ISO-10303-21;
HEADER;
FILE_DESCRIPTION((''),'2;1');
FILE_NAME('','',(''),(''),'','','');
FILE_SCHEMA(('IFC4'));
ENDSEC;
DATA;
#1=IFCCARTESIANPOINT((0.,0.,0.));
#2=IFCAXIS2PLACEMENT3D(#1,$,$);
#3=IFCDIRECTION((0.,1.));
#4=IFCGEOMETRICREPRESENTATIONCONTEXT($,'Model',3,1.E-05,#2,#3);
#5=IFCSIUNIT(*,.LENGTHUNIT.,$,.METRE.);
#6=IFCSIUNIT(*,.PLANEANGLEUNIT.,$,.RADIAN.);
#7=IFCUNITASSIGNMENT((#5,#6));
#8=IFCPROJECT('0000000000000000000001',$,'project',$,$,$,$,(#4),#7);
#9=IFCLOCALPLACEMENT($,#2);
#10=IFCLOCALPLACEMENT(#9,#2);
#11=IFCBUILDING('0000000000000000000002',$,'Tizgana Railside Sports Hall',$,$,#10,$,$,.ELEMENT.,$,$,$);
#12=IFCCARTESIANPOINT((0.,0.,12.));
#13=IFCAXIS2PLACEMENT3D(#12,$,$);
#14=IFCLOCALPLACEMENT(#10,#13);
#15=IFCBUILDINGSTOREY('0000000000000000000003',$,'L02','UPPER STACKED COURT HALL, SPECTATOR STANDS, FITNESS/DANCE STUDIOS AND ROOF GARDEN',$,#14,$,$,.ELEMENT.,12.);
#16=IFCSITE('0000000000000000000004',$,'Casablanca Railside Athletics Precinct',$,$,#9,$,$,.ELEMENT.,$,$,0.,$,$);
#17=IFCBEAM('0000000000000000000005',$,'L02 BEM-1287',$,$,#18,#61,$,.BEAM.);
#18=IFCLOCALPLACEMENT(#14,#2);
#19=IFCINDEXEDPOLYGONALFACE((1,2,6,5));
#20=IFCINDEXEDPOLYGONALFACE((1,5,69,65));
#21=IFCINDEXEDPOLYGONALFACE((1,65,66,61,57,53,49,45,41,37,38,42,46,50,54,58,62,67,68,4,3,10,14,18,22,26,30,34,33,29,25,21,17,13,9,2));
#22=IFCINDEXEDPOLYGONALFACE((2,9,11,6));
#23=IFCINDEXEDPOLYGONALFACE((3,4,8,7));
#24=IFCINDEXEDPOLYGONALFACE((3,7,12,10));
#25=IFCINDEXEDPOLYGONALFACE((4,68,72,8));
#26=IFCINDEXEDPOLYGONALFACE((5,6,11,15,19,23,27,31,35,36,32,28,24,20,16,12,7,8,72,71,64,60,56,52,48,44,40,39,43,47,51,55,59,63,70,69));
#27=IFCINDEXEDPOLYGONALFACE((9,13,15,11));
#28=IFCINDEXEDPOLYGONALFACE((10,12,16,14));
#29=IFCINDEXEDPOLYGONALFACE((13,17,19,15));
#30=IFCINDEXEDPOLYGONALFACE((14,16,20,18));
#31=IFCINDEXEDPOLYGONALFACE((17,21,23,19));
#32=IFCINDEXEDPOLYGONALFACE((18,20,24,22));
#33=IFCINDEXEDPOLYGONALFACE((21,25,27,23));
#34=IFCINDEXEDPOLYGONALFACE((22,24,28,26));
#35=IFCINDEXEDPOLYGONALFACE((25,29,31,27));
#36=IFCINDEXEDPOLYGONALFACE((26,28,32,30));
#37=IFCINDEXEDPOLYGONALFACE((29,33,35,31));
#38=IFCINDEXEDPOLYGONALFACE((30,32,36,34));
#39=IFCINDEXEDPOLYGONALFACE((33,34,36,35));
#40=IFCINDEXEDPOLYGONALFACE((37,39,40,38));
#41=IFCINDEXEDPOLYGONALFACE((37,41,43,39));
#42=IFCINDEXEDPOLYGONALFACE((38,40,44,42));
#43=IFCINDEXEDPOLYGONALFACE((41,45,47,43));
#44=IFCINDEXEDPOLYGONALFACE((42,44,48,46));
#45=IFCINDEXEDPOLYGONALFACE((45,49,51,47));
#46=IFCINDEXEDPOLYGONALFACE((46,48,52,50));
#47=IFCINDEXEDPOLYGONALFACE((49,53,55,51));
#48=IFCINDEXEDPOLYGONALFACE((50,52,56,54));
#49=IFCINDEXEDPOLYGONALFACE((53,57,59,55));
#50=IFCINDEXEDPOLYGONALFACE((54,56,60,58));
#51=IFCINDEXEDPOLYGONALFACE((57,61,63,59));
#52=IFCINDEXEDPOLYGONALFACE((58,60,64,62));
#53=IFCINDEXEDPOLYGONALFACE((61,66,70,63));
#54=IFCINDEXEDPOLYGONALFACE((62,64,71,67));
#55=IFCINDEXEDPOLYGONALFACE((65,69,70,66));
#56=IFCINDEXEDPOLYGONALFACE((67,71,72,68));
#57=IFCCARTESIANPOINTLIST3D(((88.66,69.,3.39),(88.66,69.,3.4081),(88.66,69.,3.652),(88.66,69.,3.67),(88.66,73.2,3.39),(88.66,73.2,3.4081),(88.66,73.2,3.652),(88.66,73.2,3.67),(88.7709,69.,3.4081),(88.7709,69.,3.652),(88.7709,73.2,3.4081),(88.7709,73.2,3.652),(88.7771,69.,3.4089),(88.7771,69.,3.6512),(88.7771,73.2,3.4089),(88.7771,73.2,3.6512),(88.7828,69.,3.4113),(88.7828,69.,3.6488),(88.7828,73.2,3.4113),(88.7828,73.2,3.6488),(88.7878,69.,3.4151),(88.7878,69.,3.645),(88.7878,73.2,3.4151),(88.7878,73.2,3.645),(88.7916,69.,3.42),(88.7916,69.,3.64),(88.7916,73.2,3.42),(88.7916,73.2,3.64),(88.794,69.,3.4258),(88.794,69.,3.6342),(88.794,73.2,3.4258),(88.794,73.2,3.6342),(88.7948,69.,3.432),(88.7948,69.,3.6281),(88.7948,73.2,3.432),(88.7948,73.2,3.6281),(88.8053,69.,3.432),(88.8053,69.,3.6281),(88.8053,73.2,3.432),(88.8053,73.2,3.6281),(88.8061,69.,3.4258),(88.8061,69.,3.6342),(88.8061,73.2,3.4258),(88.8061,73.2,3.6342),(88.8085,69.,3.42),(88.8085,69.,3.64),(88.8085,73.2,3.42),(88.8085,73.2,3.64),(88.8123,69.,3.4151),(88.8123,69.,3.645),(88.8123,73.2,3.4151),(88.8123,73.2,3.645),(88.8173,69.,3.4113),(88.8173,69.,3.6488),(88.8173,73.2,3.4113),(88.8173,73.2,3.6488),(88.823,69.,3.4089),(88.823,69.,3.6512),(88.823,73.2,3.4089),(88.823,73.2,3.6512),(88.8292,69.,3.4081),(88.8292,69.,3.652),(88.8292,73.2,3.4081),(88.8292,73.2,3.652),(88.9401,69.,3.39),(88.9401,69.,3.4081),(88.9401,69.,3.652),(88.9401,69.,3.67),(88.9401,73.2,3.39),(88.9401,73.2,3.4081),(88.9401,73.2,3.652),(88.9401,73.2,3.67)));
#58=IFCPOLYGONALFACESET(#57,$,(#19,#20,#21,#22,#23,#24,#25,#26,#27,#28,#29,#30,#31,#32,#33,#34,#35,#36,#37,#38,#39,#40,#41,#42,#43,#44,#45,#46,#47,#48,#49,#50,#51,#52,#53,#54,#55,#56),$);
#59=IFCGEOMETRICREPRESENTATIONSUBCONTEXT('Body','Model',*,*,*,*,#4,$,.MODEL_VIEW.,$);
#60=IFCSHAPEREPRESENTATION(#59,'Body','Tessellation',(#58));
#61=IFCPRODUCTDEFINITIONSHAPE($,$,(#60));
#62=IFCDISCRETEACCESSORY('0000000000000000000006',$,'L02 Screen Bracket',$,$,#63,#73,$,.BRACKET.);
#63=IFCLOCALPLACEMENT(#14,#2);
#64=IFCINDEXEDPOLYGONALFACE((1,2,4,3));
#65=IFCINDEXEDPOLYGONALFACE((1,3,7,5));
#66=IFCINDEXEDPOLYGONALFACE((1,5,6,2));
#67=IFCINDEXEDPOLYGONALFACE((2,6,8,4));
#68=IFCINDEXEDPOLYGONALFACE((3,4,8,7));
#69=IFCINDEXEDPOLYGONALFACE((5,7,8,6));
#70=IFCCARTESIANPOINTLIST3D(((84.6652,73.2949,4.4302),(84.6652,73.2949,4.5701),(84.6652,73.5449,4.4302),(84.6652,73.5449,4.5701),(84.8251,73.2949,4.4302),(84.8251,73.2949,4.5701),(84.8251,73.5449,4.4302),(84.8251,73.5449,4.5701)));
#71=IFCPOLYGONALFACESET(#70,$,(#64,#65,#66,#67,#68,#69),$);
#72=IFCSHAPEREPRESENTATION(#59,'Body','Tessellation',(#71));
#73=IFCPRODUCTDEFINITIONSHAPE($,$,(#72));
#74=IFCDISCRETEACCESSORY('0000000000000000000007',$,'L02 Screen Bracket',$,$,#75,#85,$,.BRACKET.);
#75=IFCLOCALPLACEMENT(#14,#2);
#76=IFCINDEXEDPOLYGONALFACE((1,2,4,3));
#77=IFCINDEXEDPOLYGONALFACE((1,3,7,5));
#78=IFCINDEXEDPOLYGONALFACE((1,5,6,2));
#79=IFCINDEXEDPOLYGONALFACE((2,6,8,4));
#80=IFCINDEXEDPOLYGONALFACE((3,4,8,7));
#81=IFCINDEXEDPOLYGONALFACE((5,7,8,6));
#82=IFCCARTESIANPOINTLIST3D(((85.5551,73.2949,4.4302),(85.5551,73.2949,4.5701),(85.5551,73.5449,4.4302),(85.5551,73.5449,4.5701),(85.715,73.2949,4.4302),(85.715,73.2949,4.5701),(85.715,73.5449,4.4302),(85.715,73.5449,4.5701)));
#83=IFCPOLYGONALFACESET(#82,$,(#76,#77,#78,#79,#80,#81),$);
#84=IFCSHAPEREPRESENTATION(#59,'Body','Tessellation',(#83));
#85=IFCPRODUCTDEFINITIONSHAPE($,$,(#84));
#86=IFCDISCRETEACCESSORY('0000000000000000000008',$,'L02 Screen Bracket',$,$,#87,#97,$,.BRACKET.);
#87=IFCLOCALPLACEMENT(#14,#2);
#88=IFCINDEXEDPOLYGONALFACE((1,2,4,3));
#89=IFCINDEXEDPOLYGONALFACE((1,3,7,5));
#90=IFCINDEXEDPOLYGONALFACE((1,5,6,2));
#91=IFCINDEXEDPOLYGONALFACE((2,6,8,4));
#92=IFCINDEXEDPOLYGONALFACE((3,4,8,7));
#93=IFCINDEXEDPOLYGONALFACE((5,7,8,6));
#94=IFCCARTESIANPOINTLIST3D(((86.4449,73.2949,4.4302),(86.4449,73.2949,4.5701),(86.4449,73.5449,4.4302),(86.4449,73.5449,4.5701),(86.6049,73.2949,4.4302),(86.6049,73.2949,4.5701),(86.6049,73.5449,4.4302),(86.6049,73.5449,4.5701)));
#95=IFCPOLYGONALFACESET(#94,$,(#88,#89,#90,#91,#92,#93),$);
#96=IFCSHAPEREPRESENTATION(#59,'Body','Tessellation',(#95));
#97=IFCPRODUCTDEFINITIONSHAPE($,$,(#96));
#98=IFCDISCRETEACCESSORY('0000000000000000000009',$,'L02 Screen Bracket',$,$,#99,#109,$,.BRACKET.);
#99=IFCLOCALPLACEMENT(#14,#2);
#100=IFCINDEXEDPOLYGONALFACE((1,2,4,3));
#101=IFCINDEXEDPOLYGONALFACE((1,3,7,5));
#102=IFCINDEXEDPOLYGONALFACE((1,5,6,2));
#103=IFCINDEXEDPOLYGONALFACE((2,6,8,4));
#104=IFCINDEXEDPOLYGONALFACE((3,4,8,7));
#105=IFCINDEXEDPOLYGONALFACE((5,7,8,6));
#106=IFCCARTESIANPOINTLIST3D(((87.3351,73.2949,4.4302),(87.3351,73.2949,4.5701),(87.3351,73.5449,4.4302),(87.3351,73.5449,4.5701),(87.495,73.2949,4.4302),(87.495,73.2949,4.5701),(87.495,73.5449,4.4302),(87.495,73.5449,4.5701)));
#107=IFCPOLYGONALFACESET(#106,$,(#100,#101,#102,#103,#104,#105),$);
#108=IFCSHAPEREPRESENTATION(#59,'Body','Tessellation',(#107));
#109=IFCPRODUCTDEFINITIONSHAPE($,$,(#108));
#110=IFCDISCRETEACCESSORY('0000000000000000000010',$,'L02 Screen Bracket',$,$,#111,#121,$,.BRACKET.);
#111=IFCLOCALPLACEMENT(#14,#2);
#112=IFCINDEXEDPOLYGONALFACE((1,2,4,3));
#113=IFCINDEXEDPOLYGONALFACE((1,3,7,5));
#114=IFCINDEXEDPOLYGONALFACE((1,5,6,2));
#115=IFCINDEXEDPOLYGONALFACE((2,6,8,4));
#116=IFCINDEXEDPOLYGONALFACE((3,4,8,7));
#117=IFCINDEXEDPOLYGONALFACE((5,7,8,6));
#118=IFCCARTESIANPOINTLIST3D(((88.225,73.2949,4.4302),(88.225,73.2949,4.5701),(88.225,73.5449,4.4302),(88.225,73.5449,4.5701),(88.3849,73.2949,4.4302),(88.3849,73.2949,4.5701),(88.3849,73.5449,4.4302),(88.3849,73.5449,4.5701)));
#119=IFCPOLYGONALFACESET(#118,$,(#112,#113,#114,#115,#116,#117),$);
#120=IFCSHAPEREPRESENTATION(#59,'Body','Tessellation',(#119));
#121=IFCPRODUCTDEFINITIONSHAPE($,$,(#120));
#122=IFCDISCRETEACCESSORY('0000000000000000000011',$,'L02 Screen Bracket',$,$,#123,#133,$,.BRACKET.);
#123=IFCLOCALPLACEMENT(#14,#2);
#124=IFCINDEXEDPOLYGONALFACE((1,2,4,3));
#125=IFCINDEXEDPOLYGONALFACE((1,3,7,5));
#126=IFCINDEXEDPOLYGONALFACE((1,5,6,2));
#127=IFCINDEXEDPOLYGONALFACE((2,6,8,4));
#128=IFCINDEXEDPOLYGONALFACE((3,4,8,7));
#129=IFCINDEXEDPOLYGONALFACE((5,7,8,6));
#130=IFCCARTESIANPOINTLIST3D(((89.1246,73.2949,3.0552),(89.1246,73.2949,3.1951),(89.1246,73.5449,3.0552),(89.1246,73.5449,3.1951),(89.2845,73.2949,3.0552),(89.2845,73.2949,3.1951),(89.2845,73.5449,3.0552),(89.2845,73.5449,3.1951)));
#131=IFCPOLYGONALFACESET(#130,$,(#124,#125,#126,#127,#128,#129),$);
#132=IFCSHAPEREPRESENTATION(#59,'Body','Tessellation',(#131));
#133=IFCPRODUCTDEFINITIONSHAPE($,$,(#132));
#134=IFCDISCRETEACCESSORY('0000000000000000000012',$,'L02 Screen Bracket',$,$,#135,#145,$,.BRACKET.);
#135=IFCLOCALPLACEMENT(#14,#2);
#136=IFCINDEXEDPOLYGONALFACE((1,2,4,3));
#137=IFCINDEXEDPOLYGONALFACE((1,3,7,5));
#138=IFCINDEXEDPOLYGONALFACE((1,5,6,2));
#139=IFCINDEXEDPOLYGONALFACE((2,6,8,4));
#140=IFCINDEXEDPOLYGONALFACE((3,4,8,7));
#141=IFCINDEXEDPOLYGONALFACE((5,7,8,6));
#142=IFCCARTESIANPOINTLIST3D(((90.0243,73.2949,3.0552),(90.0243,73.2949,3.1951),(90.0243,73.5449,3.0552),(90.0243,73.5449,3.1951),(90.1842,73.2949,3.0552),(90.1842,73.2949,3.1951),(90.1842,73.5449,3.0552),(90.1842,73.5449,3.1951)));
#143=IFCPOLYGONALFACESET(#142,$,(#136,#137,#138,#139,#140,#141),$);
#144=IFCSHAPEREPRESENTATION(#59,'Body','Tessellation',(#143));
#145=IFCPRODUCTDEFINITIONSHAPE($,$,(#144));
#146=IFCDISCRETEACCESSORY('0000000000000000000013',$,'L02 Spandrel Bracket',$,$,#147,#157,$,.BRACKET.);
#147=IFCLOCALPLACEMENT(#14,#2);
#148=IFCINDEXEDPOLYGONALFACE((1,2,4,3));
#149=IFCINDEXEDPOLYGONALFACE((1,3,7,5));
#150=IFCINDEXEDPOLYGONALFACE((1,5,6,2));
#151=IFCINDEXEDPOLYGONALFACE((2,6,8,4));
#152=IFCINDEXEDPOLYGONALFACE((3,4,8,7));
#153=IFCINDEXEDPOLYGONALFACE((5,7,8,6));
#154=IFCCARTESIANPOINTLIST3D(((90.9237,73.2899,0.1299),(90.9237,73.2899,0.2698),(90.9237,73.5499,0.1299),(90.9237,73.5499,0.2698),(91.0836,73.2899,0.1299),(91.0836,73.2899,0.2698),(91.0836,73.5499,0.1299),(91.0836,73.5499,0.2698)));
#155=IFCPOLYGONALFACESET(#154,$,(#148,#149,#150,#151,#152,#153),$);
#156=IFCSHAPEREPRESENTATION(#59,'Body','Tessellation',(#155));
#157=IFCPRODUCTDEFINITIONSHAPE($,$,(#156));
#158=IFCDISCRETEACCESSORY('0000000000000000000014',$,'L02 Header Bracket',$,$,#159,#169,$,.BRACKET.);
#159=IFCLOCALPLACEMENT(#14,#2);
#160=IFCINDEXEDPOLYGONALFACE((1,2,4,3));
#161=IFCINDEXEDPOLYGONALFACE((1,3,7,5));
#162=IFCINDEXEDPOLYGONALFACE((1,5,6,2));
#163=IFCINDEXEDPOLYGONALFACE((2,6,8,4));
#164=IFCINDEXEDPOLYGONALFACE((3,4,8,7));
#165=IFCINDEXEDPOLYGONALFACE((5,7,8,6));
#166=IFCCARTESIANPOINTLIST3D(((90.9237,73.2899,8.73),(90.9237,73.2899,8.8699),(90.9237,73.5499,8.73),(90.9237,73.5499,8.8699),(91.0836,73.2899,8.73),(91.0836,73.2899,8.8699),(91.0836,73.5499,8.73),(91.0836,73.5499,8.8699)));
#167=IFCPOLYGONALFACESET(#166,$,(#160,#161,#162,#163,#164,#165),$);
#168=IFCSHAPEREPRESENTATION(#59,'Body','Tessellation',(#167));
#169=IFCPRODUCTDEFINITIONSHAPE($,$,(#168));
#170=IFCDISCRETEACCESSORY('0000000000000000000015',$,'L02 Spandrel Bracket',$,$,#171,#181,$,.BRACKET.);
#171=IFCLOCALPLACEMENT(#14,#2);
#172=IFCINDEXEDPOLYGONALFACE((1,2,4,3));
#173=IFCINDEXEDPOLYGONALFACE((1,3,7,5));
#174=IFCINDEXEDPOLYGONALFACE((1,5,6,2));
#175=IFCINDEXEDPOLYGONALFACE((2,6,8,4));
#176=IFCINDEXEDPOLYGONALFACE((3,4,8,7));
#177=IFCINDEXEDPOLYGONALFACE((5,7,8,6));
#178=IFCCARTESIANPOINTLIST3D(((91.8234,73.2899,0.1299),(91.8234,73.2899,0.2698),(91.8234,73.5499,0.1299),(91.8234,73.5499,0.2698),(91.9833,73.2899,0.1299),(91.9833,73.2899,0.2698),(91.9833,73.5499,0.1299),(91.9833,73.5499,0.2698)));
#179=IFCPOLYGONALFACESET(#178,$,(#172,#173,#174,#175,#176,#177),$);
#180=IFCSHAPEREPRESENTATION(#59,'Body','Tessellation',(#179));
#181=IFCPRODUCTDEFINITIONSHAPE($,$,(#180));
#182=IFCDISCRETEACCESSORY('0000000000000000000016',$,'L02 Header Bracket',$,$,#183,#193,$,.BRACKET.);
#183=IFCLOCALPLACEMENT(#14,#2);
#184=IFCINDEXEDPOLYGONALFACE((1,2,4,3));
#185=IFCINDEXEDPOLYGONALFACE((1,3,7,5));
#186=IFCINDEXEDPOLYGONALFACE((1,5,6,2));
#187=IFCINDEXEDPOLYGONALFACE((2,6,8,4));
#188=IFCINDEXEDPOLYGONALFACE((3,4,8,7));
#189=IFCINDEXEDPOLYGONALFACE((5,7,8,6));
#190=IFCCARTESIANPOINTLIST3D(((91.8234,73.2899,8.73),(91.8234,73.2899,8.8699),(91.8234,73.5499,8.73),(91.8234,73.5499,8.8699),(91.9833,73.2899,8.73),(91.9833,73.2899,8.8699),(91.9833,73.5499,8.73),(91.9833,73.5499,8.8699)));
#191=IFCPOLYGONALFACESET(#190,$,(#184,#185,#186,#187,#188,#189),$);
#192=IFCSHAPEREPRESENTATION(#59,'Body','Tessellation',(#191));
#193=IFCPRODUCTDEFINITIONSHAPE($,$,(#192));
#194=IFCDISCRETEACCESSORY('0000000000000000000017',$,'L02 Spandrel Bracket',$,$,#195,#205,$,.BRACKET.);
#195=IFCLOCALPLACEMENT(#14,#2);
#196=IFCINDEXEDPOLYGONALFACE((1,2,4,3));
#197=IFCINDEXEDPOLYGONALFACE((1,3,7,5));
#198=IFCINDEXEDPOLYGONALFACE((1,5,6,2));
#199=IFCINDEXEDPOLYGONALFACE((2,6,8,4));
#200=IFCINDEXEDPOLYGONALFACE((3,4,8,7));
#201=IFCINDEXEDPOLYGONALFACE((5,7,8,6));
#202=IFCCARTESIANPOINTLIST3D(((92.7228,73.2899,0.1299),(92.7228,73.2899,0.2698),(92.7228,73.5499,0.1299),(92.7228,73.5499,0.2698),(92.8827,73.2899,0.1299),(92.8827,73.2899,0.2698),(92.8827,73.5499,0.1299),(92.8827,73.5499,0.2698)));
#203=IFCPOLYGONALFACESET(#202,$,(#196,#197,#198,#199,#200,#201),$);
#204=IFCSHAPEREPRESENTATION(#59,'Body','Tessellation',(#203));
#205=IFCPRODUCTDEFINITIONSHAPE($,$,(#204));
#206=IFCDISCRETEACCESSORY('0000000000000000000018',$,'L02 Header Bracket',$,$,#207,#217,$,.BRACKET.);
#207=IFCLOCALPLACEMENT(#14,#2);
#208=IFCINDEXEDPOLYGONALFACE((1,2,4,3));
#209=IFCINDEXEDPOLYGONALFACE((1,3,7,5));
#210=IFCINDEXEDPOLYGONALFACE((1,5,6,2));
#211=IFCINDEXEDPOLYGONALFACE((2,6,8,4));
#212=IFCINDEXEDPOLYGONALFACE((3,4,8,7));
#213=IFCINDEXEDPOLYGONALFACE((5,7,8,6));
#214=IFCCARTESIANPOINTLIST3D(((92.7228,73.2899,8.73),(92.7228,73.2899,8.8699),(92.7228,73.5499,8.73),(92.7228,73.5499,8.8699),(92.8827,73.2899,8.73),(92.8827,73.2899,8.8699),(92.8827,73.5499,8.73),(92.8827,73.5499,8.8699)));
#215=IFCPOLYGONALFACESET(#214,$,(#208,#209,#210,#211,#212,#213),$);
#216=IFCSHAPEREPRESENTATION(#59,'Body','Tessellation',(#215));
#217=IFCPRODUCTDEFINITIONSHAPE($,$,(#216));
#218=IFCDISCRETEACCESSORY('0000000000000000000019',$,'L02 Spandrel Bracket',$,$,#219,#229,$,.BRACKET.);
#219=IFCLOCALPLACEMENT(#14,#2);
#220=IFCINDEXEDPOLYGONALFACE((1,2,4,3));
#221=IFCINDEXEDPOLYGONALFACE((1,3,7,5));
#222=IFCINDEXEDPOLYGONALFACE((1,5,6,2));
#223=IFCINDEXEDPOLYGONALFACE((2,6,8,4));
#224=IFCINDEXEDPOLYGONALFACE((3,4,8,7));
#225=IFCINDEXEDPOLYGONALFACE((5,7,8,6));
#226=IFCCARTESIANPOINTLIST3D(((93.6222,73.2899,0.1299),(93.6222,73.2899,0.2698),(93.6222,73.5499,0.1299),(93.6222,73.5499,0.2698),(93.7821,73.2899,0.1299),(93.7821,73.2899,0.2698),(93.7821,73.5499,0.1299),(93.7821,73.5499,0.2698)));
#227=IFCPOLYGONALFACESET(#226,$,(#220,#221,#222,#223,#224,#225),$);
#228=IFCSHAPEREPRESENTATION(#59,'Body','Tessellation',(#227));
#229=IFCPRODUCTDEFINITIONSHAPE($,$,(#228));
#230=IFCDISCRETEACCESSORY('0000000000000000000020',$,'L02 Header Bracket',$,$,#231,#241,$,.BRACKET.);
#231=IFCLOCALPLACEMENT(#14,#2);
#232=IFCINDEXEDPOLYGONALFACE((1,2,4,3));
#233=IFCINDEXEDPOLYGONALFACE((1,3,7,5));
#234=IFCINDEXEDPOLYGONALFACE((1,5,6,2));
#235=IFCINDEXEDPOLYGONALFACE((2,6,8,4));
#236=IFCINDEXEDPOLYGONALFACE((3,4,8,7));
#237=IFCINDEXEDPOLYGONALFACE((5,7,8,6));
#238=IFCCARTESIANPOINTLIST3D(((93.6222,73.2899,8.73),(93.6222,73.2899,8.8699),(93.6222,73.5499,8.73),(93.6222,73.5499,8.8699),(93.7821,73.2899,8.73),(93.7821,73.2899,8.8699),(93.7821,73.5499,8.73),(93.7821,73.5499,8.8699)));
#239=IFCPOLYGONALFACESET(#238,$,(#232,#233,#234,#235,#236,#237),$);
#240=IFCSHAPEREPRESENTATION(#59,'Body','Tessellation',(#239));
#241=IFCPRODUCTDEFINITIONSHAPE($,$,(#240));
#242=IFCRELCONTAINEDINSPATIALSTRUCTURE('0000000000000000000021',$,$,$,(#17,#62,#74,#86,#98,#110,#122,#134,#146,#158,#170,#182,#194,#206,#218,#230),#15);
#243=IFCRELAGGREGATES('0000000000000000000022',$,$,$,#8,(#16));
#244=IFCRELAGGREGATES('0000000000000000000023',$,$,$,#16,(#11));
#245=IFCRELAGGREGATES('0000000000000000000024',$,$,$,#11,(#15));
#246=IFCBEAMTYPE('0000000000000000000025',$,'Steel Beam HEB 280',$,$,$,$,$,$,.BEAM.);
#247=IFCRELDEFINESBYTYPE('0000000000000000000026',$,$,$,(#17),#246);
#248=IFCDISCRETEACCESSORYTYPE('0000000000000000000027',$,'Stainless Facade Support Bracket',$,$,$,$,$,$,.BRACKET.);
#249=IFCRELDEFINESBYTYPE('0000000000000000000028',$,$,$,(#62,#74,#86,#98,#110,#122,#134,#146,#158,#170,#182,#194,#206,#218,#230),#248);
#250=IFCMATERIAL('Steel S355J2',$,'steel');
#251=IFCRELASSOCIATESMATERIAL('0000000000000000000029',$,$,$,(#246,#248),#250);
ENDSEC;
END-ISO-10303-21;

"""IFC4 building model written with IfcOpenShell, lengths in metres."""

from ifc_helpers import new_model, si_unit, direction, frame, origin, origin_2d, place, context, subcontext, project, spatial, rectangle, i_section, extrude, material, material_profile, profile_set, type_object, element, save


model = new_model("IFC4")

# Units and contexts
model_context = context("Model", 3, precision=1e-05, world=origin(), true_north=direction((0.0, 1.0)))
body_context = subcontext(model_context, "Body", "Model", "MODEL_VIEW")
ifc_project = project(units=[si_unit("LENGTHUNIT", "METRE"), si_unit("PLANEANGLEUNIT", "RADIAN")], contexts=[model_context])

# Site, building, storey
site_placement = place(None, origin())
site = spatial("IfcSite", under=ifc_project, at=site_placement, Name="Casablanca Railside Athletics Precinct", CompositionType="ELEMENT", RefElevation=0.0)
building_placement = place(site_placement, origin())
building = spatial("IfcBuilding", under=site, at=building_placement, Name="Tizgana Railside Sports Hall", CompositionType="ELEMENT")
storey_placement = place(building_placement, frame((0.0, 0.0, 12.0)))
storey = spatial("IfcBuildingStorey", under=building, at=storey_placement, Name="L02", Description="UPPER STACKED COURT HALL, SPECTATOR STANDS, FITNESS/DANCE STUDIOS AND ROOF GARDEN", CompositionType="ELEMENT", Elevation=12.0)

# Beam
ifc_material = material(Name="Steel S355J2", Category="steel")
ifc_material_profile = material_profile(ifc_material, i_section(OverallWidth=0.28, OverallDepth=0.28, WebThickness=0.0105, FlangeThickness=0.0181, FilletRadius=0.0239, at=origin_2d()), Name="HEB 280")
ifc_profile_set = profile_set([ifc_material_profile], Name="Steel S355J2")
beam_type = type_object("IfcBeamType", Name="Steel Beam HEB 280", PredefinedType="BEAM", material=ifc_profile_set)
beam_placement = place(storey_placement, frame((88.8, 73.2, 3.53), z_axis=(0.0, -1.0, 0.0), x_axis=(1.0, 0.0, 0.0)))
element("IfcBeam", 1, at=beam_placement, inside=storey, type_object=beam_type, Name="L02 BEM-1287", PredefinedType="BEAM", context=body_context, shape_type="SweptSolid", body=[
    extrude(i_section(OverallWidth=0.28, OverallDepth=0.28, WebThickness=0.0105, FlangeThickness=0.0181, FilletRadius=0.0239, at=origin_2d()), origin(), (0.0, 0.0, 1.0), 4.2),
])

# Discrete accessories
discrete_accessory_type = type_object("IfcDiscreteAccessoryType", Name="Stainless Facade Support Bracket", PredefinedType="BRACKET", material=ifc_material)
for number, where, z_axis, x_axis, name in (
    (2, (84.7451, 73.4199, 4.4302), (0.0, 0.0, 1.0), (1.0, 0.0, 0.0), "L02 Screen Bracket"),
    (3, (85.635, 73.4199, 4.4302), (0.0, 0.0, 1.0), (1.0, 0.0, 0.0), "L02 Screen Bracket"),
    (4, (86.5249, 73.4199, 4.4302), (0.0, 0.0, 1.0), (1.0, 0.0, 0.0), "L02 Screen Bracket"),
    (5, (87.415, 73.4199, 4.4302), (0.0, 0.0, 1.0), (1.0, 0.0, 0.0), "L02 Screen Bracket"),
    (6, (88.3049, 73.4199, 4.4302), (0.0, 0.0, 1.0), (1.0, 0.0, 0.0), "L02 Screen Bracket"),
    (7, (89.2046, 73.4199, 3.0552), (0.0, 0.0, 1.0), (1.0, 0.0, 0.0), "L02 Screen Bracket"),
    (8, (90.1042, 73.4199, 3.0552), (0.0, 0.0, 1.0), (1.0, 0.0, 0.0), "L02 Screen Bracket"),
):
    element("IfcDiscreteAccessory", number, at=place(storey_placement, frame(where, z_axis=z_axis, x_axis=x_axis)), inside=storey, type_object=discrete_accessory_type, Name=name, PredefinedType="BRACKET", context=body_context, shape_type="SweptSolid", body=[
        extrude(rectangle(XDim=0.1599, YDim=0.25, at=origin_2d()), origin(), (0.0, 0.0, 1.0), 0.1399),
    ])
for number, where, z_axis, x_axis, name in (
    (9, (91.0037, 73.4199, 0.1299), (0.0, 0.0, 1.0), (1.0, 0.0, 0.0), "L02 Spandrel Bracket"),
    (10, (91.0037, 73.4199, 8.73), (0.0, 0.0, 1.0), (1.0, 0.0, 0.0), "L02 Header Bracket"),
    (11, (91.9033, 73.4199, 0.1299), (0.0, 0.0, 1.0), (1.0, 0.0, 0.0), "L02 Spandrel Bracket"),
    (12, (91.9033, 73.4199, 8.73), (0.0, 0.0, 1.0), (1.0, 0.0, 0.0), "L02 Header Bracket"),
    (13, (92.8027, 73.4199, 0.1299), (0.0, 0.0, 1.0), (1.0, 0.0, 0.0), "L02 Spandrel Bracket"),
    (14, (92.8027, 73.4199, 8.73), (0.0, 0.0, 1.0), (1.0, 0.0, 0.0), "L02 Header Bracket"),
    (15, (93.7021, 73.4199, 0.1299), (0.0, 0.0, 1.0), (1.0, 0.0, 0.0), "L02 Spandrel Bracket"),
    (16, (93.7021, 73.4199, 8.73), (0.0, 0.0, 1.0), (1.0, 0.0, 0.0), "L02 Header Bracket"),
):
    element("IfcDiscreteAccessory", number, at=place(storey_placement, frame(where, z_axis=z_axis, x_axis=x_axis)), inside=storey, type_object=discrete_accessory_type, Name=name, PredefinedType="BRACKET", context=body_context, shape_type="SweptSolid", body=[
        extrude(rectangle(XDim=0.1599, YDim=0.26, at=origin_2d()), origin(), (0.0, 0.0, 1.0), 0.1399),
    ])

save(model, "model.ifc")
